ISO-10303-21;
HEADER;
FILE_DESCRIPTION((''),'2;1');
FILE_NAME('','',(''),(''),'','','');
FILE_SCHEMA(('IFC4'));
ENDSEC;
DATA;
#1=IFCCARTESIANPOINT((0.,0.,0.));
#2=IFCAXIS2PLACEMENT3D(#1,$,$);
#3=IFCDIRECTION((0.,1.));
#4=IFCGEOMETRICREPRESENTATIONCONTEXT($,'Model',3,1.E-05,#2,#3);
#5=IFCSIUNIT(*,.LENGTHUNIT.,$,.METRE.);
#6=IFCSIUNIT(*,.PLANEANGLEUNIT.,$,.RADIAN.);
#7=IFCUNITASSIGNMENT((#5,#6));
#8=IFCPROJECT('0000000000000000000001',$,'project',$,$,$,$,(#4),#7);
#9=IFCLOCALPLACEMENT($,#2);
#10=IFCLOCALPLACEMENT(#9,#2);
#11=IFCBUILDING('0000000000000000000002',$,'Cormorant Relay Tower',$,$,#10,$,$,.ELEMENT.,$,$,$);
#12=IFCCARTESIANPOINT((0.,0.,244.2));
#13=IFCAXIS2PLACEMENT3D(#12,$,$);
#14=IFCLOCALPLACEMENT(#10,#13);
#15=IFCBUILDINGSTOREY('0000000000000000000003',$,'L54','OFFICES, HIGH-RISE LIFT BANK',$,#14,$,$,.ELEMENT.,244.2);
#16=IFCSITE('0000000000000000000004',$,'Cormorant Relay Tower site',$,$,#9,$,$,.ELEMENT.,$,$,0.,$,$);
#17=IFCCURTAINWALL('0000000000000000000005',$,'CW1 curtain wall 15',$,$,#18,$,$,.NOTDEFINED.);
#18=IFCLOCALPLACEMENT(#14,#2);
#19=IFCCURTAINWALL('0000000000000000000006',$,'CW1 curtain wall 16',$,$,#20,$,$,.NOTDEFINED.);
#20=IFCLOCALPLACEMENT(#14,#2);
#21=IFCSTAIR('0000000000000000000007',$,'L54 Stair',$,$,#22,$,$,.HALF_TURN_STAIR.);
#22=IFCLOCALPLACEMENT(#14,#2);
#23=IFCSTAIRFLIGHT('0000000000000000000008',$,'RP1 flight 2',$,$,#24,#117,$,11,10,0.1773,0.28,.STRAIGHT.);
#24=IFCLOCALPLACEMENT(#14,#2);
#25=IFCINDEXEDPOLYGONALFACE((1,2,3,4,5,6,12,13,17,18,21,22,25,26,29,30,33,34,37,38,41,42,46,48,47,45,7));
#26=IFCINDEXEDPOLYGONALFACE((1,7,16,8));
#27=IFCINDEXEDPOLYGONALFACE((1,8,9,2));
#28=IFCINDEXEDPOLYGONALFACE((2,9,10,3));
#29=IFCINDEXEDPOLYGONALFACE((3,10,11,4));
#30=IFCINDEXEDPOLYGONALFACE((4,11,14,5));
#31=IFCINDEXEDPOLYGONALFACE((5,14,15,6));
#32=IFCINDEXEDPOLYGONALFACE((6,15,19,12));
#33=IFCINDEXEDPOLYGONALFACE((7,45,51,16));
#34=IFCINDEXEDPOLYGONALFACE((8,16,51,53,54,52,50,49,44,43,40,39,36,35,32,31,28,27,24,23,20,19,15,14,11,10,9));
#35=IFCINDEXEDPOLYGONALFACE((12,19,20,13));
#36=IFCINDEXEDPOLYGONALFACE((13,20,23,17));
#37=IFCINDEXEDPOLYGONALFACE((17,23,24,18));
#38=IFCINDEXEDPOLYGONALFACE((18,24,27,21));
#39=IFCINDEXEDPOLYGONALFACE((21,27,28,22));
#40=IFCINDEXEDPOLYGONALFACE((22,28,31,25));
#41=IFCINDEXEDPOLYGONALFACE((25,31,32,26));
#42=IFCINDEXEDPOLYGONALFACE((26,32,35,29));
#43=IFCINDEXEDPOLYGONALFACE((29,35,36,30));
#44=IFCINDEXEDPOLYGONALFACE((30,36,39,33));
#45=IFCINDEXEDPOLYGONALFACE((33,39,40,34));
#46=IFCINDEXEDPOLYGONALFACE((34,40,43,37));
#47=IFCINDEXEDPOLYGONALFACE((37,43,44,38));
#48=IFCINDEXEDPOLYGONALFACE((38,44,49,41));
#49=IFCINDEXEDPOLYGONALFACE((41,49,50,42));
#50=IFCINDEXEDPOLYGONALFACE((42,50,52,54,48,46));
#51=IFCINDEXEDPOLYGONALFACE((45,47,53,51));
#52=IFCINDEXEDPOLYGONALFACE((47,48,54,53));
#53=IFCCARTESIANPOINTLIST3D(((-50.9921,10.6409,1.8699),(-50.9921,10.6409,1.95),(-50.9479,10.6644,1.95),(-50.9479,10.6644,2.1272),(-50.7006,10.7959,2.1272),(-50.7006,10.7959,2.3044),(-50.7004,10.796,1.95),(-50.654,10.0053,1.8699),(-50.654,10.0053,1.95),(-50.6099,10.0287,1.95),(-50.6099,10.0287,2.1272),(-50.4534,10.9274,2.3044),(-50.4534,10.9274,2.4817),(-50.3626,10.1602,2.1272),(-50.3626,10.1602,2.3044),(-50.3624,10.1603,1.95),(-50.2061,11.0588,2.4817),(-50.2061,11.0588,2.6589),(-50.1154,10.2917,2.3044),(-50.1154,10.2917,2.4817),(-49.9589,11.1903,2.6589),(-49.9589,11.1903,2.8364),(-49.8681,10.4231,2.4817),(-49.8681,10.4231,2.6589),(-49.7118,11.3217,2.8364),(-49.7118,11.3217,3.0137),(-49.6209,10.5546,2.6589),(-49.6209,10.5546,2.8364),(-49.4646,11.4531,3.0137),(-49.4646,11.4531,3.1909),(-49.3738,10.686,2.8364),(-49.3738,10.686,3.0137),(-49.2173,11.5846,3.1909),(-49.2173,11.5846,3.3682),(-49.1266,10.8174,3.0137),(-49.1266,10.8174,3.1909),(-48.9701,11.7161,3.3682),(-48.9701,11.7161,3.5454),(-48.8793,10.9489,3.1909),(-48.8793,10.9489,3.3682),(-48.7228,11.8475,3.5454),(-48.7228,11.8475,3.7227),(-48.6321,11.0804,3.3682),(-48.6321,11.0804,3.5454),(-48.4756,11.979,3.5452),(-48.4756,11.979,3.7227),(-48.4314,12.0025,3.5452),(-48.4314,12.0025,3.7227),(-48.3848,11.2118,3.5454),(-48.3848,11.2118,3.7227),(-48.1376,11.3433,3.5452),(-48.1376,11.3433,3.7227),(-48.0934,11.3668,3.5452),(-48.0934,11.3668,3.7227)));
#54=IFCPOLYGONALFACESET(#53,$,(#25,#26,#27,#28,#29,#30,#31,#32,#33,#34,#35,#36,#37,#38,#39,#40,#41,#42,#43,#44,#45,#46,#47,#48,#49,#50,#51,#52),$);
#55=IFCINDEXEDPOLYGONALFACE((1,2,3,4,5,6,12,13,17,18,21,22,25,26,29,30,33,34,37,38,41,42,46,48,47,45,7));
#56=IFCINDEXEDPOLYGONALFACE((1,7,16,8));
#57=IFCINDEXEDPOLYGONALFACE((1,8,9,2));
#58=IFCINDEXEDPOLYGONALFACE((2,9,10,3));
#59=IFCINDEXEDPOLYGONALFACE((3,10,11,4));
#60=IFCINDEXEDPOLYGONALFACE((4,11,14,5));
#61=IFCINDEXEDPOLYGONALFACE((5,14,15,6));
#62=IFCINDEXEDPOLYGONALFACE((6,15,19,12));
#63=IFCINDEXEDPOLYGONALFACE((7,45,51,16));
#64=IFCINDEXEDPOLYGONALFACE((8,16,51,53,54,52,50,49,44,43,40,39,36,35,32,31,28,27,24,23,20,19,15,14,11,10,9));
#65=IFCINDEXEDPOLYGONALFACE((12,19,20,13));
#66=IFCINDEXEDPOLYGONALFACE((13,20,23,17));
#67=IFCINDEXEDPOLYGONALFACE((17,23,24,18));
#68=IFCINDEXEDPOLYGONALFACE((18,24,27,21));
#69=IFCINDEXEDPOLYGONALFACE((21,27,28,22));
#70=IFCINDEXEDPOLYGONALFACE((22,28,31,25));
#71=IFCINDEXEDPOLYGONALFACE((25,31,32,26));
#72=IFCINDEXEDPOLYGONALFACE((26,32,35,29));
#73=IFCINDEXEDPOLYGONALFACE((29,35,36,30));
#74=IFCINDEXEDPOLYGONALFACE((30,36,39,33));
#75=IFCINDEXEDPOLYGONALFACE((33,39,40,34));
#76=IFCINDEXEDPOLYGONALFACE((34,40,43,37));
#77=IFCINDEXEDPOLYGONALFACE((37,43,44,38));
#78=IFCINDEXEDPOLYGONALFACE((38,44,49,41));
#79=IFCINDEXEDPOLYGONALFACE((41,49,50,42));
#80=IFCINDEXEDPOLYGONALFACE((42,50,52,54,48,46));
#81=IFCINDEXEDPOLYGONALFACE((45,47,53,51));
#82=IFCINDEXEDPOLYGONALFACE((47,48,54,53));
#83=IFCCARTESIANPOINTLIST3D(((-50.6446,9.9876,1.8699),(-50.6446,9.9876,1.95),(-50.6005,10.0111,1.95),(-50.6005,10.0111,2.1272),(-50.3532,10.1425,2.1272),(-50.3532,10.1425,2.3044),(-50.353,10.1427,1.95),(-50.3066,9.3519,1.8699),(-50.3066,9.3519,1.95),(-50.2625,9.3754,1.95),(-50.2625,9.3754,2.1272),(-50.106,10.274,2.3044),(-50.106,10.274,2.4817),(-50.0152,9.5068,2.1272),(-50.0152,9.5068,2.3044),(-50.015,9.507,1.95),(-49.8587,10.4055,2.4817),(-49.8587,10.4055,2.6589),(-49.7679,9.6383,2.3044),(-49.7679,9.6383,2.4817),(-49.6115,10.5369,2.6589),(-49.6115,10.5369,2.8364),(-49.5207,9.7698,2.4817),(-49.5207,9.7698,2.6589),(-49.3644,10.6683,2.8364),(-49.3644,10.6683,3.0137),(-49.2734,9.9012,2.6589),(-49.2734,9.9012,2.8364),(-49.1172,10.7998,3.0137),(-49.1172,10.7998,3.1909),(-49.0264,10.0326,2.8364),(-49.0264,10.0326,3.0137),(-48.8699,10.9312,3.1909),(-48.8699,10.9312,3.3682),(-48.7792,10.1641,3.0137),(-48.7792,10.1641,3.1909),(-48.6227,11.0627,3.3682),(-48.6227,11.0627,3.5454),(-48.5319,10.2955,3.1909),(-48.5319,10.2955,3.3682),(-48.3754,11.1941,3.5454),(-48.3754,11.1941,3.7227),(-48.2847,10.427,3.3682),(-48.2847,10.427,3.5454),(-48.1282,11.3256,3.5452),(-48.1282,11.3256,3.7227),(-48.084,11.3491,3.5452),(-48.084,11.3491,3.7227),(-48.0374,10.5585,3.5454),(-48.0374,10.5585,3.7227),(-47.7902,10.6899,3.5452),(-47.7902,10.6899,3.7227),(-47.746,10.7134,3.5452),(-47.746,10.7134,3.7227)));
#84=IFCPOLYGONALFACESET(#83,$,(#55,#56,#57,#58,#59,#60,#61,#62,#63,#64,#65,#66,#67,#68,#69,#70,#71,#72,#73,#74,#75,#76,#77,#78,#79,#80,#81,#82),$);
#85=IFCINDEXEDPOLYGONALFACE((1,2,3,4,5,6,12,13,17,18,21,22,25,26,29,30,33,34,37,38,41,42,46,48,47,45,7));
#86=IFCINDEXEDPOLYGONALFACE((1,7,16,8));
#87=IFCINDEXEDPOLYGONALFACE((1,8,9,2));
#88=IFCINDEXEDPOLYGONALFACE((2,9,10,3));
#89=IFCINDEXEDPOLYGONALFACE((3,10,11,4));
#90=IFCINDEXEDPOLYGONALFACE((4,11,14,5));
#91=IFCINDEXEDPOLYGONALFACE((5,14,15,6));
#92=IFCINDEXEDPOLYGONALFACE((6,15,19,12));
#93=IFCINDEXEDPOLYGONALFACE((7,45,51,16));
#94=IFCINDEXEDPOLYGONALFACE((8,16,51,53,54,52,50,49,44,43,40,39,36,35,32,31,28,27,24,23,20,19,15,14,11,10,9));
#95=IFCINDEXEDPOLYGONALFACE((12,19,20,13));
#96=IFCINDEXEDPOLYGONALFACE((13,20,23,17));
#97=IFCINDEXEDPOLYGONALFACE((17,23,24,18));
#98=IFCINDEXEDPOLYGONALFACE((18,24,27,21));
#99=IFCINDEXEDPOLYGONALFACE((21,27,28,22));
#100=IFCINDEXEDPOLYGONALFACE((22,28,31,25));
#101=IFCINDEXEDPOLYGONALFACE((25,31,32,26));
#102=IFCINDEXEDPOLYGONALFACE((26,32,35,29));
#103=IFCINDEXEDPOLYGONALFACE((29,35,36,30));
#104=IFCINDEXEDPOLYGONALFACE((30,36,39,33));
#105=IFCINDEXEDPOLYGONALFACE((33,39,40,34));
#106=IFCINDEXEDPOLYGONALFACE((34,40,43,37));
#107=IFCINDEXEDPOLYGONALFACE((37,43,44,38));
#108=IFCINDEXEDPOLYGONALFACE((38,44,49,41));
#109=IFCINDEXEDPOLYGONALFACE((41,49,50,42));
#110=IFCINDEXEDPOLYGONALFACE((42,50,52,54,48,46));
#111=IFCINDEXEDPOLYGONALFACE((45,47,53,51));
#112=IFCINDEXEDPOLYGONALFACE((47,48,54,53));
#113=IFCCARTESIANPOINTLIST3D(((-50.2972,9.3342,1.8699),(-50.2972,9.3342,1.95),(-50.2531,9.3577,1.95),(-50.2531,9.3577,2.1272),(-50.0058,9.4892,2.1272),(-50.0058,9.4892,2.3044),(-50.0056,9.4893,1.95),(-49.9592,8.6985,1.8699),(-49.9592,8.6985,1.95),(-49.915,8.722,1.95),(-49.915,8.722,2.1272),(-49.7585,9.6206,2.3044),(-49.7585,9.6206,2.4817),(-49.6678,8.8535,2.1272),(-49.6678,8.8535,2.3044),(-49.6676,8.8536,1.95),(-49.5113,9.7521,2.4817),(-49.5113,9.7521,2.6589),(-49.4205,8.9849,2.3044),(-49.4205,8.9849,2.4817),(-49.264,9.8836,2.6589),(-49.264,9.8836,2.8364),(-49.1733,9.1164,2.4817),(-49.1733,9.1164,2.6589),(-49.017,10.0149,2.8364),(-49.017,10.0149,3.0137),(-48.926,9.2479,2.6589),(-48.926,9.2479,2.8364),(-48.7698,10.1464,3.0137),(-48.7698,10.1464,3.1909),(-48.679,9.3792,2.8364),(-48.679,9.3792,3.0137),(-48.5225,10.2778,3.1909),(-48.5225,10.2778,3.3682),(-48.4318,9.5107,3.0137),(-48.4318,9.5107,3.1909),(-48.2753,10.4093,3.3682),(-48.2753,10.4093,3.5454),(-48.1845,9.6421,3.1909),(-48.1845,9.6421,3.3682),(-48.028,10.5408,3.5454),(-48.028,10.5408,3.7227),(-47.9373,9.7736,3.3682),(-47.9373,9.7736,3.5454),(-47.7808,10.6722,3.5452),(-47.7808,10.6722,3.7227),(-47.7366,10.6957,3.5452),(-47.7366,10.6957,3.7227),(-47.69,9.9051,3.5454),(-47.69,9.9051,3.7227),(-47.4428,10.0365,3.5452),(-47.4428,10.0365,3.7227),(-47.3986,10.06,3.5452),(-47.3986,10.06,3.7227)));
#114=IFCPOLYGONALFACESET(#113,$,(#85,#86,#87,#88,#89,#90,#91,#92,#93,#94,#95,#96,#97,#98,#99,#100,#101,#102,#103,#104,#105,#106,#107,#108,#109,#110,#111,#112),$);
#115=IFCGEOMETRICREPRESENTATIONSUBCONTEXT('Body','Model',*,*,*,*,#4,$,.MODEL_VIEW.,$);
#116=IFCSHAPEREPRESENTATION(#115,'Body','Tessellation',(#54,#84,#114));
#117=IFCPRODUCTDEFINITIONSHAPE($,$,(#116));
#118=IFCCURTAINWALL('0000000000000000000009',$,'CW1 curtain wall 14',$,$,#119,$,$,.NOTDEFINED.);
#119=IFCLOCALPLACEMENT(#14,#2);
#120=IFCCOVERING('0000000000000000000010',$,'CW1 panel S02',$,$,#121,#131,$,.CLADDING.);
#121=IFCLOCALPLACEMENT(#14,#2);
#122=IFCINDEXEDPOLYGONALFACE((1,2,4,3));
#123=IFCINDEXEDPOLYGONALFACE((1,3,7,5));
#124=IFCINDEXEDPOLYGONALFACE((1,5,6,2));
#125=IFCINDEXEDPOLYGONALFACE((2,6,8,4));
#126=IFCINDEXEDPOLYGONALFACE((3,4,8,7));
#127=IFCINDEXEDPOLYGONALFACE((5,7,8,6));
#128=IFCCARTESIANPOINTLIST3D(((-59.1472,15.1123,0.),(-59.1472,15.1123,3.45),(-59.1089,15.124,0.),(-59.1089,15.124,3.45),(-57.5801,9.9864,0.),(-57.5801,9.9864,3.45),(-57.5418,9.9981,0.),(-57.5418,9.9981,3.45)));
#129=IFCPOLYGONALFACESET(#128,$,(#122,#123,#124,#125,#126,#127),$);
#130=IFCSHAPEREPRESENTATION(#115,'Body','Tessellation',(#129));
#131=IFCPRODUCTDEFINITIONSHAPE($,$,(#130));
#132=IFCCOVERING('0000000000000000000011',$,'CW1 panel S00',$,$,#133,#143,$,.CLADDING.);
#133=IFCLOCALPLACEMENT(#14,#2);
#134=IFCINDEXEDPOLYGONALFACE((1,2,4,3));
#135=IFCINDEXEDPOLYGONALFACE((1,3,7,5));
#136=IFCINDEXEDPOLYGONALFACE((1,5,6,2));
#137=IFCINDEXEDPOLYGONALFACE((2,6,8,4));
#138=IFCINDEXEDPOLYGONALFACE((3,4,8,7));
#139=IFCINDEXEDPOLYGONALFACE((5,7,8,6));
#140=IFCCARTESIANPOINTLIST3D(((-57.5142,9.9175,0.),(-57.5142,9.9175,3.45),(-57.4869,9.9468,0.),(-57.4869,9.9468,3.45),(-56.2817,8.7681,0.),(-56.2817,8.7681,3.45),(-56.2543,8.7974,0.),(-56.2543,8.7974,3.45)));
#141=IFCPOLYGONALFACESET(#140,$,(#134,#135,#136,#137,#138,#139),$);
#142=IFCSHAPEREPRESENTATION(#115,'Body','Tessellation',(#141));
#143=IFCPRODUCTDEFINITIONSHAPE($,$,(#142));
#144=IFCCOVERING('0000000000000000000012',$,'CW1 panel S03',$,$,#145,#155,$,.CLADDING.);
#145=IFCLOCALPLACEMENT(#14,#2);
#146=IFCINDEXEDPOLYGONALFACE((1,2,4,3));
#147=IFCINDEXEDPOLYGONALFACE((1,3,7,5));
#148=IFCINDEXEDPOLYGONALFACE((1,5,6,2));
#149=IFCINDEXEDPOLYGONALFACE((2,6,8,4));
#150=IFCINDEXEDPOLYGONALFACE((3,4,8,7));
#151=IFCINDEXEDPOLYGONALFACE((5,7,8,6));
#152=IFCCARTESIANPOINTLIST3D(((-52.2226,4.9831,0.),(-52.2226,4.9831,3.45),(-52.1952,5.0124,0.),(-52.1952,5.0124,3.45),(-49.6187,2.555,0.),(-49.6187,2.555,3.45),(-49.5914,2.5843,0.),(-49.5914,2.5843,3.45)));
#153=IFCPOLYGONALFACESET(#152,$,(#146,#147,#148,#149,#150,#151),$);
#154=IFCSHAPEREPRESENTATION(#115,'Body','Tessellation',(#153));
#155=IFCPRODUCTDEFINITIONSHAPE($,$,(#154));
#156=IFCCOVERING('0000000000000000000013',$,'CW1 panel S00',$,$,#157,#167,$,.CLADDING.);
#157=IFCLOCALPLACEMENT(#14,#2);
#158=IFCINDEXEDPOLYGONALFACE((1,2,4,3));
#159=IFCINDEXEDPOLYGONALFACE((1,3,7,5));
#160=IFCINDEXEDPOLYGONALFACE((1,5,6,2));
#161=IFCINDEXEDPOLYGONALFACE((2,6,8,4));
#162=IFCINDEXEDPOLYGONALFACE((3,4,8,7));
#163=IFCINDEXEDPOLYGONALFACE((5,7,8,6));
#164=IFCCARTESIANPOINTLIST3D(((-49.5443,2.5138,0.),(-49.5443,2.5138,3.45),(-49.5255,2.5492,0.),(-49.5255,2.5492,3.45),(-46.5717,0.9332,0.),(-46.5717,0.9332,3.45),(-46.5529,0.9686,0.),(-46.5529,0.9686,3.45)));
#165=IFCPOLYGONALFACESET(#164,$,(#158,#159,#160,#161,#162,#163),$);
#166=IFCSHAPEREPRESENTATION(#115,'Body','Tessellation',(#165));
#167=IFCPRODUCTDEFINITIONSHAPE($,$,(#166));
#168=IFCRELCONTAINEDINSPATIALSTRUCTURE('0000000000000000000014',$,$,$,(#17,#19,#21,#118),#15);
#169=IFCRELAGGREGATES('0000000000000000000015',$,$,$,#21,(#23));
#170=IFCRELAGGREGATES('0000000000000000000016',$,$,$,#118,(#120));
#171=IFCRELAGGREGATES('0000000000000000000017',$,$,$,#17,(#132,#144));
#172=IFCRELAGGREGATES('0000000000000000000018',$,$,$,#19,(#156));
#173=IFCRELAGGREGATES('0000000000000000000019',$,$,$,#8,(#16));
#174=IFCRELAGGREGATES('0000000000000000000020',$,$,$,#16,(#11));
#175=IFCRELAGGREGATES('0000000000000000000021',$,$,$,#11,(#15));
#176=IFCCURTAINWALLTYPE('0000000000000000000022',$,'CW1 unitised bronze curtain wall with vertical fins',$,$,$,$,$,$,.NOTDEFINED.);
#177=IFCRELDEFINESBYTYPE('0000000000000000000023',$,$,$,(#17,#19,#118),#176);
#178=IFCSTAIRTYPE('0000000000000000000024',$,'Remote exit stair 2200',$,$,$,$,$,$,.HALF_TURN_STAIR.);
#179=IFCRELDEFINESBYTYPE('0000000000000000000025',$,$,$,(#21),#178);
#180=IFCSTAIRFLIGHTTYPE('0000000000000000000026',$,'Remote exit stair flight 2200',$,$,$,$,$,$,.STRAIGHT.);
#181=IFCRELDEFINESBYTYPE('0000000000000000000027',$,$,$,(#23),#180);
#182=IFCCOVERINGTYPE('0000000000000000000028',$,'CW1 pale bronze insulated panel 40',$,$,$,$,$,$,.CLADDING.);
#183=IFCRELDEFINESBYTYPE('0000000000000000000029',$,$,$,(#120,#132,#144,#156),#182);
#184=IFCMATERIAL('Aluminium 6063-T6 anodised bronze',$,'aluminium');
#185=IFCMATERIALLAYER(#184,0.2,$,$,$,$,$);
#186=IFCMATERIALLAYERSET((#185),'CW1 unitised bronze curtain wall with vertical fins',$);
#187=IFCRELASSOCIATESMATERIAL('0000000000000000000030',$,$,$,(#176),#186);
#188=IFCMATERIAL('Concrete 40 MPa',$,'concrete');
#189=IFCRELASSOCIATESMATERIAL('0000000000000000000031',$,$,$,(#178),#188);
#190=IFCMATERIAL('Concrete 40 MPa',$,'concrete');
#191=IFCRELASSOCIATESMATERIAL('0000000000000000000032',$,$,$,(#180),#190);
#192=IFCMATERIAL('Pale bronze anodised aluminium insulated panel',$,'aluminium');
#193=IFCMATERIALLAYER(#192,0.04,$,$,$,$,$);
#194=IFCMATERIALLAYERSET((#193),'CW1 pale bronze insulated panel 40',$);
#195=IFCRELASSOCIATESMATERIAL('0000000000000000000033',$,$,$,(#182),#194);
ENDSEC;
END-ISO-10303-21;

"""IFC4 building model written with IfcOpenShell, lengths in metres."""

from ifc_helpers import new_model, si_unit, direction, frame, origin, origin_2d, place, context, subcontext, project, spatial, polyline, rectangle, outline, extrude, material, layer, layer_set, type_object, element, aggregate, save


model = new_model("IFC4")

# Units and contexts
model_context = context("Model", 3, precision=1e-05, world=origin(), true_north=direction((0.0, 1.0)))
body_context = subcontext(model_context, "Body", "Model", "MODEL_VIEW")
ifc_project = project(units=[si_unit("LENGTHUNIT", "METRE"), si_unit("PLANEANGLEUNIT", "RADIAN")], contexts=[model_context])

# Site, building, storey
site_placement = place(None, origin())
site = spatial("IfcSite", under=ifc_project, at=site_placement, Name="Cormorant Relay Tower site", CompositionType="ELEMENT", RefElevation=0.0)
building_placement = place(site_placement, origin())
building = spatial("IfcBuilding", under=site, at=building_placement, Name="Cormorant Relay Tower", CompositionType="ELEMENT")
storey_placement = place(building_placement, frame((0.0, 0.0, 244.2)))
storey = spatial("IfcBuildingStorey", under=building, at=storey_placement, Name="L54", Description="OFFICES, HIGH-RISE LIFT BANK", CompositionType="ELEMENT", Elevation=244.2)

# Curtain wall
ifc_material_1 = material(Name="Aluminium 6063-T6 anodised bronze", Category="aluminium")
ifc_layer_1 = layer(ifc_material_1, 0.2)
ifc_layer_set_1 = layer_set([ifc_layer_1], Name="CW1 unitised bronze curtain wall with vertical fins")
curtain_wall_type = type_object("IfcCurtainWallType", Name="CW1 unitised bronze curtain wall with vertical fins", PredefinedType="NOTDEFINED", material=ifc_layer_set_1)
curtain_wall_1_placement = place(storey_placement, origin())
curtain_wall_1 = element("IfcCurtainWall", 1, at=curtain_wall_1_placement, inside=storey, type_object=curtain_wall_type, Name="CW1 curtain wall 15", PredefinedType="NOTDEFINED")

# Curtain wall
curtain_wall_2_placement = place(storey_placement, origin())
curtain_wall_2 = element("IfcCurtainWall", 2, at=curtain_wall_2_placement, inside=storey, type_object=curtain_wall_type, Name="CW1 curtain wall 16", PredefinedType="NOTDEFINED")

# Stair, stair flight
ifc_material_2 = material(Name="Concrete 40 MPa", Category="concrete")
stair_type = type_object("IfcStairType", Name="Remote exit stair 2200", PredefinedType="HALF_TURN_STAIR", material=ifc_material_2)
stair_placement = place(storey_placement, origin())
stair = element("IfcStair", 3, at=stair_placement, inside=storey, type_object=stair_type, Name="L54 Stair", PredefinedType="HALF_TURN_STAIR")
ifc_material_3 = material(Name="Concrete 40 MPa", Category="concrete")
stair_flight_type = type_object("IfcStairFlightType", Name="Remote exit stair flight 2200", PredefinedType="STRAIGHT", material=ifc_material_3)
stair_flight_1_placement = place(storey_placement, frame((-50.4314, 9.6931, 1.95), z_axis=(0.0, 0.0, 1.0), x_axis=(0.882948, 0.469472, 0.0)))
stair_flight_1 = element("IfcStairFlight", 4, at=stair_flight_1_placement, type_object=stair_flight_type, Name="RP1 flight 2", NumberOfRisers=11, NumberOfTreads=10, PredefinedType="STRAIGHT", RiserHeight=0.1773, TreadLength=0.28, context=body_context, shape_type="SweptSolid", body=[
    extrude(outline(polyline([(-0.05, -0.0801), (-0.05, 0.0), (0.0, 0.0), (0.0, 0.1772), (0.28, 0.1772), (0.28, 0.3545), (0.5601, 0.3545), (0.5601, 0.5317), (0.8401, 0.5317), (0.8401, 0.709), (1.1201, 0.709), (1.1201, 0.8865), (1.3999, 0.8865), (1.3999, 1.0637), (1.6799, 1.0637), (1.6799, 1.241), (1.96, 1.241), (1.96, 1.4182), (2.24, 1.4182), (2.24, 1.5955), (2.52, 1.5955), (2.52, 1.7727), (2.8, 1.7727), (2.8501, 1.7727), (2.8501, 1.5952), (2.8, 1.5952), (0.2803, 0.0), (-0.05, -0.0801)])), frame((0.0, 1.1001, 0.0), z_axis=(0.0, -1.0, 0.0), x_axis=(1.0, 0.0, 0.0)), (0.0, 0.0, 1.0), 0.72),
    extrude(outline(polyline([(-0.05, -0.0801), (-0.05, 0.0), (0.0, 0.0), (0.0, 0.1772), (0.28, 0.1772), (0.28, 0.3545), (0.5601, 0.3545), (0.5601, 0.5317), (0.8401, 0.5317), (0.8401, 0.709), (1.1201, 0.709), (1.1201, 0.8865), (1.3999, 0.8865), (1.3999, 1.0637), (1.6799, 1.0637), (1.6799, 1.241), (1.96, 1.241), (1.96, 1.4182), (2.24, 1.4182), (2.24, 1.5955), (2.52, 1.5955), (2.52, 1.7727), (2.8, 1.7727), (2.8501, 1.7727), (2.8501, 1.5952), (2.8, 1.5952), (0.2803, 0.0), (-0.05, -0.0801)])), frame((0.0, 0.3601, 0.0), z_axis=(0.0, -1.0, 0.0), x_axis=(1.0, 0.0, 0.0)), (0.0, 0.0, 1.0), 0.72),
    extrude(outline(polyline([(-0.05, -0.0801), (-0.05, 0.0), (0.0, 0.0), (0.0, 0.1772), (0.28, 0.1772), (0.28, 0.3545), (0.5601, 0.3545), (0.5601, 0.5317), (0.8401, 0.5317), (0.8401, 0.709), (1.1201, 0.709), (1.1201, 0.8865), (1.3999, 0.8865), (1.3999, 1.0637), (1.6799, 1.0637), (1.6799, 1.241), (1.96, 1.241), (1.96, 1.4182), (2.24, 1.4182), (2.24, 1.5955), (2.52, 1.5955), (2.52, 1.7727), (2.8, 1.7727), (2.8501, 1.7727), (2.8501, 1.5952), (2.8, 1.5952), (0.2803, 0.0), (-0.05, -0.0801)])), frame((0.0, -0.3799, 0.0), z_axis=(0.0, -1.0, 0.0), x_axis=(1.0, 0.0, 0.0)), (0.0, 0.0, 1.0), 0.72),
])
aggregate(stair, [stair_flight_1])

# Curtain wall, covering
curtain_wall_3_placement = place(storey_placement, origin())
curtain_wall_3 = element("IfcCurtainWall", 5, at=curtain_wall_3_placement, inside=storey, type_object=curtain_wall_type, Name="CW1 curtain wall 14", PredefinedType="NOTDEFINED")
ifc_material_4 = material(Name="Pale bronze anodised aluminium insulated panel", Category="aluminium")
ifc_layer_2 = layer(ifc_material_4, 0.04)
ifc_layer_set_2 = layer_set([ifc_layer_2], Name="CW1 pale bronze insulated panel 40")
covering_type = type_object("IfcCoveringType", Name="CW1 pale bronze insulated panel 40", PredefinedType="CLADDING", material=ifc_layer_set_2)
covering_1_placement = place(storey_placement, frame((-58.3445, 12.5552, 0.0), z_axis=(0.0, 0.0, 1.0), x_axis=(0.292372, -0.956305, 0.0)))
covering_1 = element("IfcCovering", 6, at=covering_1_placement, type_object=covering_type, Name="CW1 panel S02", PredefinedType="CLADDING", context=body_context, shape_type="SweptSolid", body=[
    extrude(rectangle(XDim=5.3601, YDim=0.04, at=origin_2d()), origin(), (0.0, 0.0, 1.0), 3.45),
])
aggregate(curtain_wall_3, [covering_1])

# Coverings
covering_2_placement = place(storey_placement, frame((-56.8843, 9.3574, 0.0), z_axis=(0.0, 0.0, 1.0), x_axis=(0.731354, -0.681998, 0.0)))
covering_2 = element("IfcCovering", 7, at=covering_2_placement, type_object=covering_type, Name="CW1 panel S00", PredefinedType="CLADDING", context=body_context, shape_type="SweptSolid", body=[
    extrude(rectangle(XDim=1.6853, YDim=0.04, at=origin_2d()), origin(), (0.0, 0.0, 1.0), 3.45),
])
covering_3_placement = place(storey_placement, frame((-50.907, 3.7837, 0.0), z_axis=(0.0, 0.0, 1.0), x_axis=(0.731354, -0.681998, 0.0)))
covering_3 = element("IfcCovering", 8, at=covering_3_placement, type_object=covering_type, Name="CW1 panel S03", PredefinedType="CLADDING", context=body_context, shape_type="SweptSolid", body=[
    extrude(rectangle(XDim=3.5603, YDim=0.04, at=origin_2d()), origin(), (0.0, 0.0, 1.0), 3.45),
])
aggregate(curtain_wall_1, [covering_2, covering_3])
covering_4_placement = place(storey_placement, frame((-48.0486, 1.7412, 0.0), z_axis=(0.0, 0.0, 1.0), x_axis=(0.882948, -0.469472, 0.0)))
covering_4 = element("IfcCovering", 9, at=covering_4_placement, type_object=covering_type, Name="CW1 panel S00", PredefinedType="CLADDING", context=body_context, shape_type="SweptSolid", body=[
    extrude(rectangle(XDim=3.3667, YDim=0.04, at=origin_2d()), origin(), (0.0, 0.0, 1.0), 3.45),
])
aggregate(curtain_wall_2, [covering_4])

save(model, "model.ifc")
